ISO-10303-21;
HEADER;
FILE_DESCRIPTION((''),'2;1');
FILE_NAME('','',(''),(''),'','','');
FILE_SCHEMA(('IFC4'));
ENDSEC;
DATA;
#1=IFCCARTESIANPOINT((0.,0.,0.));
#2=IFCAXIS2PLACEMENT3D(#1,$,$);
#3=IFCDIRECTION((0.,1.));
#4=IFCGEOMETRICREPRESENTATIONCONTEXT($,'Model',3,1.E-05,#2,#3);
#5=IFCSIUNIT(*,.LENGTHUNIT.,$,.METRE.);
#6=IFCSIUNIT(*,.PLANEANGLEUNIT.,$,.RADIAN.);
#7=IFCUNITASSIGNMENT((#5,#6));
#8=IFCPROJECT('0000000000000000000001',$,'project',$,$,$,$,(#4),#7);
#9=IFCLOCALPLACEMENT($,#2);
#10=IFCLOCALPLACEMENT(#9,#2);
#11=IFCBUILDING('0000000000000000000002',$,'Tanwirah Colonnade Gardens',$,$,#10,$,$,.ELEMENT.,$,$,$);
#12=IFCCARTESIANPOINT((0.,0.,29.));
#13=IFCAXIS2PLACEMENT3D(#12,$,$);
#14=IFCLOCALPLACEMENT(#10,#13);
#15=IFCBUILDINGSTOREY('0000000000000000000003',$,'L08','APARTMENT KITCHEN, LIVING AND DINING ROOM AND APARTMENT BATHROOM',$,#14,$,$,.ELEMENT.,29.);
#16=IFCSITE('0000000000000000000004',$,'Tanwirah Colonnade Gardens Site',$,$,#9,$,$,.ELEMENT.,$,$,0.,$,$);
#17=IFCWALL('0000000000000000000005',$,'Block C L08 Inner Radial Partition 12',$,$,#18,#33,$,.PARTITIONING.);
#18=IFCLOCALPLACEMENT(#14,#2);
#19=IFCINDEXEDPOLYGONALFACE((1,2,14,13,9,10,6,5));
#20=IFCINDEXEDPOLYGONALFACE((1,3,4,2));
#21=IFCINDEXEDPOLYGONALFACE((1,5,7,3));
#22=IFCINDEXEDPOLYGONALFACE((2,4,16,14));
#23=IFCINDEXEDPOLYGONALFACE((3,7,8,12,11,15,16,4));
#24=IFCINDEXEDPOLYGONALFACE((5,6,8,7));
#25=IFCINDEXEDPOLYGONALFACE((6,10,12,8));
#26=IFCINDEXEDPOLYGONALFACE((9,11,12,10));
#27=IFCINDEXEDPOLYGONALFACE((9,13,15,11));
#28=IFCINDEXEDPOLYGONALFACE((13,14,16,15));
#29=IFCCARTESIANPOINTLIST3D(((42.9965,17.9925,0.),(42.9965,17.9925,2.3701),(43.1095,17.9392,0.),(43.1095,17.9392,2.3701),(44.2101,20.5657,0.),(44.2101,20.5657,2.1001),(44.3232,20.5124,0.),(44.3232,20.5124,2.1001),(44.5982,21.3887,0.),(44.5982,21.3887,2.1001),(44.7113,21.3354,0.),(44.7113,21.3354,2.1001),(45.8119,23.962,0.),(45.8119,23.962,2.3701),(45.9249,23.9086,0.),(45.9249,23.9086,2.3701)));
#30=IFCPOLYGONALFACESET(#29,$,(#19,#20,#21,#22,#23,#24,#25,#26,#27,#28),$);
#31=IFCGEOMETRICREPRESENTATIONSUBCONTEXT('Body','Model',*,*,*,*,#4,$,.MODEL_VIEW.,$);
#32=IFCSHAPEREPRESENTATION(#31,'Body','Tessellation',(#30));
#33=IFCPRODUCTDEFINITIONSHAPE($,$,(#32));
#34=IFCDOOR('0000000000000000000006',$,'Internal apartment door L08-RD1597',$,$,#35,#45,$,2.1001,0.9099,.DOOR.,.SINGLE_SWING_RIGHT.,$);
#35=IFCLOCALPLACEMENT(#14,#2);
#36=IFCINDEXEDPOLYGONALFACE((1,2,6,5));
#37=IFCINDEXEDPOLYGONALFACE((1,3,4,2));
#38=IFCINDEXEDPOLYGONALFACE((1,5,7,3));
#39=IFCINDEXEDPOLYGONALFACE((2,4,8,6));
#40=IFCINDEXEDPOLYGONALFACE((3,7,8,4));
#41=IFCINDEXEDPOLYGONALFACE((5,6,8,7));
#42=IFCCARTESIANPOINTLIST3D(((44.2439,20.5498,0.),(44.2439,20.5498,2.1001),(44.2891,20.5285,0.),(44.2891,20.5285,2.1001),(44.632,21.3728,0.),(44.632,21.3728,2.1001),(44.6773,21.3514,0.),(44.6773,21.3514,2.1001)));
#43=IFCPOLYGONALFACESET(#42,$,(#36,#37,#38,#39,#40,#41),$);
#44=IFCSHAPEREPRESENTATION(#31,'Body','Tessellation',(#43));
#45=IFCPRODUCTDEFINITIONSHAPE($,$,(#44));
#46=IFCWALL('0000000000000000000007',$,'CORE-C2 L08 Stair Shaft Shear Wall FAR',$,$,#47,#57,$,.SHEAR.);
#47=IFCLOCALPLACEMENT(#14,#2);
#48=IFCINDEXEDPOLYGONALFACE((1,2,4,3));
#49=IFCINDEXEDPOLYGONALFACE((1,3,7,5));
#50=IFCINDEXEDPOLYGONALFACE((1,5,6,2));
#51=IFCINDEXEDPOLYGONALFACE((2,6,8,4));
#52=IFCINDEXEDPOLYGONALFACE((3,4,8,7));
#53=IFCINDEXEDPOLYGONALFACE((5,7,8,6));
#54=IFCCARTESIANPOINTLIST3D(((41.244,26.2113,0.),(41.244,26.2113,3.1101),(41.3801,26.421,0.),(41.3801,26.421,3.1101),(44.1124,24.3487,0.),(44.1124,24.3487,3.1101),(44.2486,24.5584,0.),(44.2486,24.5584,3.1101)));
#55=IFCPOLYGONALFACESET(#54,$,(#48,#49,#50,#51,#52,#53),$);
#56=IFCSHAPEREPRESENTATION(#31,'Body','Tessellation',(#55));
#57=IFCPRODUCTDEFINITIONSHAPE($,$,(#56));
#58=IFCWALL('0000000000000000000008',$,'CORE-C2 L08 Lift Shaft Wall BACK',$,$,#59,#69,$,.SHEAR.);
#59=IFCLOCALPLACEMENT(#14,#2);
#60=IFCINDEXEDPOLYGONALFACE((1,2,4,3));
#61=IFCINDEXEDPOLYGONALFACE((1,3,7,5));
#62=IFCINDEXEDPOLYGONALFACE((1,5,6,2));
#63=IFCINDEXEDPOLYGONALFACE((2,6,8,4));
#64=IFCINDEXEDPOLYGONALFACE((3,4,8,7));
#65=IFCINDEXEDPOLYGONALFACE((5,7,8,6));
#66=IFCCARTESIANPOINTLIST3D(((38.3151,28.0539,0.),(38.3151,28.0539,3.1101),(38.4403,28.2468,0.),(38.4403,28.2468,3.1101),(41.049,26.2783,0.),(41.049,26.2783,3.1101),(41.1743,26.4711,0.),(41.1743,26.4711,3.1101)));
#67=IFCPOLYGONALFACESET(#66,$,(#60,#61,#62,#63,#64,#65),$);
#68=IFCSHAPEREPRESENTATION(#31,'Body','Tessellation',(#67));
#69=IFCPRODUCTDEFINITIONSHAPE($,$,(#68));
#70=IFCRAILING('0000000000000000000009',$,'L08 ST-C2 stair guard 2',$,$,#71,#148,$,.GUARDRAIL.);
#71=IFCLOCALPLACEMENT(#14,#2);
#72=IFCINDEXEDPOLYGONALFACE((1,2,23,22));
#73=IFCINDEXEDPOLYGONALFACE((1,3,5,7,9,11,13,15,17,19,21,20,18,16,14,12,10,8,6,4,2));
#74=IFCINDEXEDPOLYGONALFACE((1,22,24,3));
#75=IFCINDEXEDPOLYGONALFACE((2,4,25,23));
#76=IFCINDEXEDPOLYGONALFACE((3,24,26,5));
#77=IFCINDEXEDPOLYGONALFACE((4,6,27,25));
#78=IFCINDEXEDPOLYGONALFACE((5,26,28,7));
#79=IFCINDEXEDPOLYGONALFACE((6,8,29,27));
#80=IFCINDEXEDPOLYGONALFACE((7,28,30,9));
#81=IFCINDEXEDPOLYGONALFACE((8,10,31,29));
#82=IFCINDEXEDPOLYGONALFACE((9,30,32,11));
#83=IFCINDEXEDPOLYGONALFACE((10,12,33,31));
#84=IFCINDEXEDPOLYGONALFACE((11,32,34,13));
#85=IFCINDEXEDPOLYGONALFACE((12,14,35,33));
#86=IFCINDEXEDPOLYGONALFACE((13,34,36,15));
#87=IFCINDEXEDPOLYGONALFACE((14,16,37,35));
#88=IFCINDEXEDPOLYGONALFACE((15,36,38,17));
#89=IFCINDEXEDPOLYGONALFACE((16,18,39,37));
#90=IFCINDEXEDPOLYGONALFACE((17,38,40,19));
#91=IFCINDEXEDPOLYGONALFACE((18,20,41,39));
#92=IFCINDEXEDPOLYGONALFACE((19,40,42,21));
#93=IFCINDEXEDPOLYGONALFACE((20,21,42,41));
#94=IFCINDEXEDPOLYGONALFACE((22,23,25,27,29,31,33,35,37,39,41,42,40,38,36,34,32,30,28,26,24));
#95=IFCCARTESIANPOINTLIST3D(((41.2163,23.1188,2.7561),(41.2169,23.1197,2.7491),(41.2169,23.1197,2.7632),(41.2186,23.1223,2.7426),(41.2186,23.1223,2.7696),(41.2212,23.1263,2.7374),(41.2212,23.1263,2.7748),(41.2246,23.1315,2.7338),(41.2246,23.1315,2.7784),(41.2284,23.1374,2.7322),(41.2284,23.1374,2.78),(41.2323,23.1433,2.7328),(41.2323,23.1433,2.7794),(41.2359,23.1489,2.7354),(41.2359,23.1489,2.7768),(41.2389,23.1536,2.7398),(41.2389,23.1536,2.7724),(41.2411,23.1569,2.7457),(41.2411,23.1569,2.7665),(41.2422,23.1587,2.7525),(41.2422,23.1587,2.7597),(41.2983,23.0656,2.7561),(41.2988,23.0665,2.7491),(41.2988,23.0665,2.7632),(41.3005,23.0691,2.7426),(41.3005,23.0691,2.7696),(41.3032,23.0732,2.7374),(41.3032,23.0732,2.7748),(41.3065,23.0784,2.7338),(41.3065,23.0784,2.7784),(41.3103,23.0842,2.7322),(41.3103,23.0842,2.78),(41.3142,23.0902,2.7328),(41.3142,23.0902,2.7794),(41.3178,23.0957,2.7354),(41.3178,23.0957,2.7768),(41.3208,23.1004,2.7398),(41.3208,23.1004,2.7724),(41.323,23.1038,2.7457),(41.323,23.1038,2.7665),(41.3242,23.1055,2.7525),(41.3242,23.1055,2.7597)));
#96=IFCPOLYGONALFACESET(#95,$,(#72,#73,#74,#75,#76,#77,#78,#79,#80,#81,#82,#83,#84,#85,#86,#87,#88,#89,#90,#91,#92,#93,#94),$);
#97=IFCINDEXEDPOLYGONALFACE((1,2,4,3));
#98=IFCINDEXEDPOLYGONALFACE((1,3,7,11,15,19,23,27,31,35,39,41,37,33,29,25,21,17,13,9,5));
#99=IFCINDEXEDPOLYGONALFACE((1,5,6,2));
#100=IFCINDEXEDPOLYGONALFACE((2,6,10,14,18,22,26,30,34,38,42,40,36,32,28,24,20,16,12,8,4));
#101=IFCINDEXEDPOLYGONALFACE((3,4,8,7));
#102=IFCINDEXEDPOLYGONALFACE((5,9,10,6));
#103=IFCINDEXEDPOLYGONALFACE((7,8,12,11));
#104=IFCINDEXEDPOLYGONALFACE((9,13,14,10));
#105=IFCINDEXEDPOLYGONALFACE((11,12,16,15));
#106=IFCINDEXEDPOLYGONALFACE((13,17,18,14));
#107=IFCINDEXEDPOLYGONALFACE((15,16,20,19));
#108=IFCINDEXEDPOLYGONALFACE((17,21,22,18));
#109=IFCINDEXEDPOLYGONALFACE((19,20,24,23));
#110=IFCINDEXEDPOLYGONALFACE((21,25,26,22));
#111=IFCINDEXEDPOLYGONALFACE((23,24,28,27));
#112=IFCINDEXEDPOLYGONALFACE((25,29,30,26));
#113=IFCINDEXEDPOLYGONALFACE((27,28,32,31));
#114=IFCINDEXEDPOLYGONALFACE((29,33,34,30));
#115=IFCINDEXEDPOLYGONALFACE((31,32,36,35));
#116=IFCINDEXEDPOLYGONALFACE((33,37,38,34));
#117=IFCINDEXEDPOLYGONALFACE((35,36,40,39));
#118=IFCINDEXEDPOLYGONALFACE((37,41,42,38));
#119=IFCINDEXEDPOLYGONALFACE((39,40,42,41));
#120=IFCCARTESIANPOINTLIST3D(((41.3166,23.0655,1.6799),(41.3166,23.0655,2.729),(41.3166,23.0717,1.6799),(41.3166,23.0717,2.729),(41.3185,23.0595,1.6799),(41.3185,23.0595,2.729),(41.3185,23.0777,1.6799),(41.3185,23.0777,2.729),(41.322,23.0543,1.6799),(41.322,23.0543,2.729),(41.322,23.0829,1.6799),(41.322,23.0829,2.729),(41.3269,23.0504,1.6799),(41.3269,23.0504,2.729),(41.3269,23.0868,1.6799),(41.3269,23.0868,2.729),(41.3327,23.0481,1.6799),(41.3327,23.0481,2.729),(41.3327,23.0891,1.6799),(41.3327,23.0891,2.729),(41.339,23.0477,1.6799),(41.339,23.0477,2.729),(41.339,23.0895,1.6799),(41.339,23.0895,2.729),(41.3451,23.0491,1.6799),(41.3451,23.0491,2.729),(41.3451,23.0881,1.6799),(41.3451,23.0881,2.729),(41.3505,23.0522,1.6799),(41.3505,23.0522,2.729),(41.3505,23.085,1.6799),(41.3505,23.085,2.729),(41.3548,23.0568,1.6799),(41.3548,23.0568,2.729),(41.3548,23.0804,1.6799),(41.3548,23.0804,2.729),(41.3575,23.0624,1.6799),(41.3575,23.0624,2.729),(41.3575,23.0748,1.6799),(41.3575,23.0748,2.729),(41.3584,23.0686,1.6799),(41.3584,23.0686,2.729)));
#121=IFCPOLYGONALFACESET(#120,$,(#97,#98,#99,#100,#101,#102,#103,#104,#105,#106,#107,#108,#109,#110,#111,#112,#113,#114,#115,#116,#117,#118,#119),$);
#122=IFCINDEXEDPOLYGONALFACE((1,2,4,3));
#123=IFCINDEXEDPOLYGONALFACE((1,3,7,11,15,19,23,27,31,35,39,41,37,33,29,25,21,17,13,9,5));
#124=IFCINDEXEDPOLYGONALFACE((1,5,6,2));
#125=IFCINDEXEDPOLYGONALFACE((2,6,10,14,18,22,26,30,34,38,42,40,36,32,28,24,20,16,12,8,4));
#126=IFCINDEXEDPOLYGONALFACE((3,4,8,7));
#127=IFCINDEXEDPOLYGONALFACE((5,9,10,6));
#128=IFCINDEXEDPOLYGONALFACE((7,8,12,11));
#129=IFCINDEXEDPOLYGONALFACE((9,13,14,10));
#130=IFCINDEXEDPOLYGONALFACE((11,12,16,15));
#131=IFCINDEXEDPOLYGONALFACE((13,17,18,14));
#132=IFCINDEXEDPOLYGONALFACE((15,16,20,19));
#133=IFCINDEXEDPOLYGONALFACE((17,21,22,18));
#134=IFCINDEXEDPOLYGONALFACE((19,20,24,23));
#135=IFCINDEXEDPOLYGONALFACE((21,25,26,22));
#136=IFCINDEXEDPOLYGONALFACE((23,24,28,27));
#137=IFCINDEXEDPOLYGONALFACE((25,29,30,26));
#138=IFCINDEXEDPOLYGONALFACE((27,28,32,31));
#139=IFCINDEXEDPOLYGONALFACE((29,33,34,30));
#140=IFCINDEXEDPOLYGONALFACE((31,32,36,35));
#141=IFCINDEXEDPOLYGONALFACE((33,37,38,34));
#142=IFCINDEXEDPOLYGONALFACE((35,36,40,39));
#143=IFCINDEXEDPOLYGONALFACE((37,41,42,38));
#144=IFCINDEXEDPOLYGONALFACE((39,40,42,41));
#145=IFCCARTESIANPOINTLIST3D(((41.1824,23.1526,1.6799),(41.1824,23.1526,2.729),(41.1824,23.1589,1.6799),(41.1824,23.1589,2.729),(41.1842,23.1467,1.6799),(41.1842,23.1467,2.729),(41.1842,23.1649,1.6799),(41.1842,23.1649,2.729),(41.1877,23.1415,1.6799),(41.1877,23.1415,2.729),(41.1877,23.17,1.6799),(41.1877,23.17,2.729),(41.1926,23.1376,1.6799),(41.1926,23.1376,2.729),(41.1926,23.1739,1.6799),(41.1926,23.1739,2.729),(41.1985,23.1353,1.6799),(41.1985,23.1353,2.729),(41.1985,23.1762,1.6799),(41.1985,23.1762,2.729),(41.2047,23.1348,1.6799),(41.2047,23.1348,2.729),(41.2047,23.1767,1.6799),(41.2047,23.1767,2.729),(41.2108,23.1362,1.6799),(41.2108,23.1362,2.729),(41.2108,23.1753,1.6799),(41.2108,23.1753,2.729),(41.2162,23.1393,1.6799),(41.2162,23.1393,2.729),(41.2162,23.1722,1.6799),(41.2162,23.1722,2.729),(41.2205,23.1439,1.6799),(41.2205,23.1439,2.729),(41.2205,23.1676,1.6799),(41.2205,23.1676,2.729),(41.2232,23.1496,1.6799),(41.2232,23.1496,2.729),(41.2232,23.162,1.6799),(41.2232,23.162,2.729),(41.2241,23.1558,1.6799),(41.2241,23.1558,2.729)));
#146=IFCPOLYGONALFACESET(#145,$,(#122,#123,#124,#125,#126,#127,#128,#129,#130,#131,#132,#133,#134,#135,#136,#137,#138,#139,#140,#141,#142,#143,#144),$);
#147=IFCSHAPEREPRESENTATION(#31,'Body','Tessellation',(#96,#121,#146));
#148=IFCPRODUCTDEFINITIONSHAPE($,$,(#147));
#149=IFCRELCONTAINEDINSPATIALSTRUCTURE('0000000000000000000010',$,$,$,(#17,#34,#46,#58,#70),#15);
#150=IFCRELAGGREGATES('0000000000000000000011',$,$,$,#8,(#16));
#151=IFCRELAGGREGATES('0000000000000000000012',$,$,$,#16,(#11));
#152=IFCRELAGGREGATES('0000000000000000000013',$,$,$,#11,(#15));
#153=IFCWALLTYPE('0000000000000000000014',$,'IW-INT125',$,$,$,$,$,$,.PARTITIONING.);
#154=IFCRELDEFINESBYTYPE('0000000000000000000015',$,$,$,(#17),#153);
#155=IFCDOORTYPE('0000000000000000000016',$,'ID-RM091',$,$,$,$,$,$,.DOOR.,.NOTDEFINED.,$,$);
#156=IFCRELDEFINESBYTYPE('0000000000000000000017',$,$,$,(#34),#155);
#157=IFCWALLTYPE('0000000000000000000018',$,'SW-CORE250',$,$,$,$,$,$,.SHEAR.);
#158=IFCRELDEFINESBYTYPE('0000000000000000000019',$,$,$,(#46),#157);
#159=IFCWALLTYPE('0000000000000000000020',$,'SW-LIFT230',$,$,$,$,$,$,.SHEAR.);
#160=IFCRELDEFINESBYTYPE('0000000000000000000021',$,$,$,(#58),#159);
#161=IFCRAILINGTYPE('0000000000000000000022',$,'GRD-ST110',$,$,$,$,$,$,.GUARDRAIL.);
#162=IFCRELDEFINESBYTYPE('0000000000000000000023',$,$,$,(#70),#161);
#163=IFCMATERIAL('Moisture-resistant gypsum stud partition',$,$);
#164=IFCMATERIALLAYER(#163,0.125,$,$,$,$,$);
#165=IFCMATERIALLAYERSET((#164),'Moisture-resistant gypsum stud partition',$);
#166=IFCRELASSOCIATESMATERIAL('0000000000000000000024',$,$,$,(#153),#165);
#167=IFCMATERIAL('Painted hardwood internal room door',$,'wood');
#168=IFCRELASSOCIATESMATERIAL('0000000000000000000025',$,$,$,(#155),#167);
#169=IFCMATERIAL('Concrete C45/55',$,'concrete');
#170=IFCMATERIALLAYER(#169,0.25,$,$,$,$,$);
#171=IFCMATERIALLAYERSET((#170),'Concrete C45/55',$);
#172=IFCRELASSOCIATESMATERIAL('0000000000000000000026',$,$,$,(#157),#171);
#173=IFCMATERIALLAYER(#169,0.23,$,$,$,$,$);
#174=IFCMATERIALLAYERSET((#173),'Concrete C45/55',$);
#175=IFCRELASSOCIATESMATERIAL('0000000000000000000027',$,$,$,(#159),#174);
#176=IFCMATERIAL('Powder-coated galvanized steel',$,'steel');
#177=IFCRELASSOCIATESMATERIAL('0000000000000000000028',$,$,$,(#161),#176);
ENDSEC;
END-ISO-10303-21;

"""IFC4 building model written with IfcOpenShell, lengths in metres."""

from ifc_helpers import new_model, si_unit, direction, frame, frame_2d, origin, origin_2d, place, context, subcontext, project, spatial, rectangle, circle, extrude, material, layer, layer_set, type_object, element, fill, save


model = new_model("IFC4")

# Units and contexts
model_context = context("Model", 3, precision=1e-05, world=origin(), true_north=direction((0.0, 1.0)))
body_context = subcontext(model_context, "Body", "Model", "MODEL_VIEW")
ifc_project = project(units=[si_unit("LENGTHUNIT", "METRE"), si_unit("PLANEANGLEUNIT", "RADIAN")], contexts=[model_context])

# Site, building, storey
site_placement = place(None, origin())
site = spatial("IfcSite", under=ifc_project, at=site_placement, Name="Tanwirah Colonnade Gardens Site", CompositionType="ELEMENT", RefElevation=0.0)
building_placement = place(site_placement, origin())
building = spatial("IfcBuilding", under=site, at=building_placement, Name="Tanwirah Colonnade Gardens", CompositionType="ELEMENT")
storey_placement = place(building_placement, frame((0.0, 0.0, 29.0)))
storey = spatial("IfcBuildingStorey", under=building, at=storey_placement, Name="L08", Description="APARTMENT KITCHEN, LIVING AND DINING ROOM AND APARTMENT BATHROOM", CompositionType="ELEMENT", Elevation=29.0)

# Wall, opening, door
ifc_material_1 = material(Name="Moisture-resistant gypsum stud partition")
ifc_layer_1 = layer(ifc_material_1, 0.125)
ifc_layer_set_1 = layer_set([ifc_layer_1], Name="Moisture-resistant gypsum stud partition")
wall_type_1 = type_object("IfcWallType", Name="IW-INT125", PredefinedType="PARTITIONING", material=ifc_layer_set_1)
wall_1_placement = place(storey_placement, frame((45.8684, 23.9353, 0.0), z_axis=(0.0, 0.0, 1.0), x_axis=(-0.426574, -0.904453, 0.0)))
wall_1 = element("IfcWall", 1, at=wall_1_placement, inside=storey, type_object=wall_type_1, Name="Block C L08 Inner Radial Partition 12", PredefinedType="PARTITIONING", context=body_context, shape_type="SweptSolid", body=[
    extrude(rectangle(XDim=6.6001, YDim=0.125, at=frame_2d((3.3, 0.0))), origin(), (0.0, 0.0, 1.0), 2.3701),
])
opening_1_placement = place(wall_1_placement, frame((2.845, 0.0, 0.0)))
opening_1 = element("IfcOpeningElement", 2, at=opening_1_placement, cuts=wall_1, PredefinedType="OPENING", context=body_context, shape_type="SweptSolid", body=[
    extrude(rectangle(XDim=0.9099, YDim=2.1001, at=frame_2d((0.4551, 1.05))), frame((0.0, 0.0725, 0.0), z_axis=(0.0, -1.0, 0.0), x_axis=(1.0, 0.0, 0.0)), (0.0, 0.0, 1.0), 0.145),
])
ifc_material_2 = material(Name="Painted hardwood internal room door", Category="wood")
door_type = type_object("IfcDoorType", Name="ID-RM091", OperationType="NOTDEFINED", PredefinedType="DOOR", material=ifc_material_2)
door_placement = place(opening_1_placement, origin())
door = element("IfcDoor", 3, at=door_placement, inside=storey, type_object=door_type, Name="Internal apartment door L08-RD1597", OperationType="SINGLE_SWING_RIGHT", OverallHeight=2.1001, OverallWidth=0.9099, PredefinedType="DOOR", context=body_context, shape_type="SweptSolid", body=[
    extrude(rectangle(XDim=0.9099, YDim=2.1001, at=frame_2d((0.4551, 1.05))), frame((0.0, 0.0249, 0.0), z_axis=(0.0, -1.0, 0.0), x_axis=(1.0, 0.0, 0.0)), (0.0, 0.0, 1.0), 0.05),
])
fill(opening_1, door)

# Walls
ifc_material_3 = material(Name="Concrete C45/55", Category="concrete")
ifc_layer_2 = layer(ifc_material_3, 0.25)
ifc_layer_set_2 = layer_set([ifc_layer_2], Name="Concrete C45/55")
wall_type_2 = type_object("IfcWallType", Name="SW-CORE250", PredefinedType="SHEAR", material=ifc_layer_set_2)
wall_2_placement = place(storey_placement, frame((44.1804, 24.4536, 0.0), z_axis=(0.0, 0.0, 1.0), x_axis=(-0.8387, 0.544594, 0.0)))
element("IfcWall", 4, at=wall_2_placement, inside=storey, type_object=wall_type_2, Name="CORE-C2 L08 Stair Shaft Shear Wall FAR", PredefinedType="SHEAR", context=body_context, shape_type="SweptSolid", body=[
    extrude(rectangle(XDim=3.4202, YDim=0.25, at=frame_2d((1.71, 0.0))), origin(), (0.0, 0.0, 1.0), 3.1101),
])
ifc_layer_3 = layer(ifc_material_3, 0.23)
ifc_layer_set_3 = layer_set([ifc_layer_3], Name="Concrete C45/55")
wall_type_3 = type_object("IfcWallType", Name="SW-LIFT230", PredefinedType="SHEAR", material=ifc_layer_set_3)
wall_3_placement = place(storey_placement, frame((41.1116, 26.3748, 0.0), z_axis=(0.0, 0.0, 1.0), x_axis=(-0.838639, 0.544688, 0.0)))
element("IfcWall", 5, at=wall_3_placement, inside=storey, type_object=wall_type_3, Name="CORE-C2 L08 Lift Shaft Wall BACK", PredefinedType="SHEAR", context=body_context, shape_type="SweptSolid", body=[
    extrude(rectangle(XDim=3.26, YDim=0.23, at=frame_2d((1.6299, 0.0))), origin(), (0.0, 0.0, 1.0), 3.1101),
])

# Railing
ifc_material_4 = material(Name="Powder-coated galvanized steel", Category="steel")
railing_type_1 = type_object("IfcRailingType", Name="GRD-ST110", PredefinedType="GUARDRAIL", material=ifc_material_4)
railing_1_placement = place(storey_placement, frame((41.3374, 23.0686, 1.6799)))
element("IfcRailing", 6, at=railing_1_placement, inside=storey, type_object=railing_type_1, Name="L08 ST-C2 stair guard 2", PredefinedType="GUARDRAIL", context=body_context, shape_type="SweptSolid", body=[
    extrude(circle(Radius=0.0239, at=origin_2d()), frame((-0.0261, 0.0171, 1.0762), z_axis=(-0.838792, 0.544452, 0.0), x_axis=(-0.544452, -0.838792, 0.0)), (0.0, 0.0, 1.0), 0.0977),
    extrude(circle(Radius=0.021, at=origin_2d()), origin(), (0.0, 0.0, 1.0), 1.0491),
    extrude(circle(Radius=0.021, at=origin_2d()), frame((-0.1343, 0.0872, 0.0)), (0.0, 0.0, 1.0), 1.0491),
])

save(model, "model.ifc")
